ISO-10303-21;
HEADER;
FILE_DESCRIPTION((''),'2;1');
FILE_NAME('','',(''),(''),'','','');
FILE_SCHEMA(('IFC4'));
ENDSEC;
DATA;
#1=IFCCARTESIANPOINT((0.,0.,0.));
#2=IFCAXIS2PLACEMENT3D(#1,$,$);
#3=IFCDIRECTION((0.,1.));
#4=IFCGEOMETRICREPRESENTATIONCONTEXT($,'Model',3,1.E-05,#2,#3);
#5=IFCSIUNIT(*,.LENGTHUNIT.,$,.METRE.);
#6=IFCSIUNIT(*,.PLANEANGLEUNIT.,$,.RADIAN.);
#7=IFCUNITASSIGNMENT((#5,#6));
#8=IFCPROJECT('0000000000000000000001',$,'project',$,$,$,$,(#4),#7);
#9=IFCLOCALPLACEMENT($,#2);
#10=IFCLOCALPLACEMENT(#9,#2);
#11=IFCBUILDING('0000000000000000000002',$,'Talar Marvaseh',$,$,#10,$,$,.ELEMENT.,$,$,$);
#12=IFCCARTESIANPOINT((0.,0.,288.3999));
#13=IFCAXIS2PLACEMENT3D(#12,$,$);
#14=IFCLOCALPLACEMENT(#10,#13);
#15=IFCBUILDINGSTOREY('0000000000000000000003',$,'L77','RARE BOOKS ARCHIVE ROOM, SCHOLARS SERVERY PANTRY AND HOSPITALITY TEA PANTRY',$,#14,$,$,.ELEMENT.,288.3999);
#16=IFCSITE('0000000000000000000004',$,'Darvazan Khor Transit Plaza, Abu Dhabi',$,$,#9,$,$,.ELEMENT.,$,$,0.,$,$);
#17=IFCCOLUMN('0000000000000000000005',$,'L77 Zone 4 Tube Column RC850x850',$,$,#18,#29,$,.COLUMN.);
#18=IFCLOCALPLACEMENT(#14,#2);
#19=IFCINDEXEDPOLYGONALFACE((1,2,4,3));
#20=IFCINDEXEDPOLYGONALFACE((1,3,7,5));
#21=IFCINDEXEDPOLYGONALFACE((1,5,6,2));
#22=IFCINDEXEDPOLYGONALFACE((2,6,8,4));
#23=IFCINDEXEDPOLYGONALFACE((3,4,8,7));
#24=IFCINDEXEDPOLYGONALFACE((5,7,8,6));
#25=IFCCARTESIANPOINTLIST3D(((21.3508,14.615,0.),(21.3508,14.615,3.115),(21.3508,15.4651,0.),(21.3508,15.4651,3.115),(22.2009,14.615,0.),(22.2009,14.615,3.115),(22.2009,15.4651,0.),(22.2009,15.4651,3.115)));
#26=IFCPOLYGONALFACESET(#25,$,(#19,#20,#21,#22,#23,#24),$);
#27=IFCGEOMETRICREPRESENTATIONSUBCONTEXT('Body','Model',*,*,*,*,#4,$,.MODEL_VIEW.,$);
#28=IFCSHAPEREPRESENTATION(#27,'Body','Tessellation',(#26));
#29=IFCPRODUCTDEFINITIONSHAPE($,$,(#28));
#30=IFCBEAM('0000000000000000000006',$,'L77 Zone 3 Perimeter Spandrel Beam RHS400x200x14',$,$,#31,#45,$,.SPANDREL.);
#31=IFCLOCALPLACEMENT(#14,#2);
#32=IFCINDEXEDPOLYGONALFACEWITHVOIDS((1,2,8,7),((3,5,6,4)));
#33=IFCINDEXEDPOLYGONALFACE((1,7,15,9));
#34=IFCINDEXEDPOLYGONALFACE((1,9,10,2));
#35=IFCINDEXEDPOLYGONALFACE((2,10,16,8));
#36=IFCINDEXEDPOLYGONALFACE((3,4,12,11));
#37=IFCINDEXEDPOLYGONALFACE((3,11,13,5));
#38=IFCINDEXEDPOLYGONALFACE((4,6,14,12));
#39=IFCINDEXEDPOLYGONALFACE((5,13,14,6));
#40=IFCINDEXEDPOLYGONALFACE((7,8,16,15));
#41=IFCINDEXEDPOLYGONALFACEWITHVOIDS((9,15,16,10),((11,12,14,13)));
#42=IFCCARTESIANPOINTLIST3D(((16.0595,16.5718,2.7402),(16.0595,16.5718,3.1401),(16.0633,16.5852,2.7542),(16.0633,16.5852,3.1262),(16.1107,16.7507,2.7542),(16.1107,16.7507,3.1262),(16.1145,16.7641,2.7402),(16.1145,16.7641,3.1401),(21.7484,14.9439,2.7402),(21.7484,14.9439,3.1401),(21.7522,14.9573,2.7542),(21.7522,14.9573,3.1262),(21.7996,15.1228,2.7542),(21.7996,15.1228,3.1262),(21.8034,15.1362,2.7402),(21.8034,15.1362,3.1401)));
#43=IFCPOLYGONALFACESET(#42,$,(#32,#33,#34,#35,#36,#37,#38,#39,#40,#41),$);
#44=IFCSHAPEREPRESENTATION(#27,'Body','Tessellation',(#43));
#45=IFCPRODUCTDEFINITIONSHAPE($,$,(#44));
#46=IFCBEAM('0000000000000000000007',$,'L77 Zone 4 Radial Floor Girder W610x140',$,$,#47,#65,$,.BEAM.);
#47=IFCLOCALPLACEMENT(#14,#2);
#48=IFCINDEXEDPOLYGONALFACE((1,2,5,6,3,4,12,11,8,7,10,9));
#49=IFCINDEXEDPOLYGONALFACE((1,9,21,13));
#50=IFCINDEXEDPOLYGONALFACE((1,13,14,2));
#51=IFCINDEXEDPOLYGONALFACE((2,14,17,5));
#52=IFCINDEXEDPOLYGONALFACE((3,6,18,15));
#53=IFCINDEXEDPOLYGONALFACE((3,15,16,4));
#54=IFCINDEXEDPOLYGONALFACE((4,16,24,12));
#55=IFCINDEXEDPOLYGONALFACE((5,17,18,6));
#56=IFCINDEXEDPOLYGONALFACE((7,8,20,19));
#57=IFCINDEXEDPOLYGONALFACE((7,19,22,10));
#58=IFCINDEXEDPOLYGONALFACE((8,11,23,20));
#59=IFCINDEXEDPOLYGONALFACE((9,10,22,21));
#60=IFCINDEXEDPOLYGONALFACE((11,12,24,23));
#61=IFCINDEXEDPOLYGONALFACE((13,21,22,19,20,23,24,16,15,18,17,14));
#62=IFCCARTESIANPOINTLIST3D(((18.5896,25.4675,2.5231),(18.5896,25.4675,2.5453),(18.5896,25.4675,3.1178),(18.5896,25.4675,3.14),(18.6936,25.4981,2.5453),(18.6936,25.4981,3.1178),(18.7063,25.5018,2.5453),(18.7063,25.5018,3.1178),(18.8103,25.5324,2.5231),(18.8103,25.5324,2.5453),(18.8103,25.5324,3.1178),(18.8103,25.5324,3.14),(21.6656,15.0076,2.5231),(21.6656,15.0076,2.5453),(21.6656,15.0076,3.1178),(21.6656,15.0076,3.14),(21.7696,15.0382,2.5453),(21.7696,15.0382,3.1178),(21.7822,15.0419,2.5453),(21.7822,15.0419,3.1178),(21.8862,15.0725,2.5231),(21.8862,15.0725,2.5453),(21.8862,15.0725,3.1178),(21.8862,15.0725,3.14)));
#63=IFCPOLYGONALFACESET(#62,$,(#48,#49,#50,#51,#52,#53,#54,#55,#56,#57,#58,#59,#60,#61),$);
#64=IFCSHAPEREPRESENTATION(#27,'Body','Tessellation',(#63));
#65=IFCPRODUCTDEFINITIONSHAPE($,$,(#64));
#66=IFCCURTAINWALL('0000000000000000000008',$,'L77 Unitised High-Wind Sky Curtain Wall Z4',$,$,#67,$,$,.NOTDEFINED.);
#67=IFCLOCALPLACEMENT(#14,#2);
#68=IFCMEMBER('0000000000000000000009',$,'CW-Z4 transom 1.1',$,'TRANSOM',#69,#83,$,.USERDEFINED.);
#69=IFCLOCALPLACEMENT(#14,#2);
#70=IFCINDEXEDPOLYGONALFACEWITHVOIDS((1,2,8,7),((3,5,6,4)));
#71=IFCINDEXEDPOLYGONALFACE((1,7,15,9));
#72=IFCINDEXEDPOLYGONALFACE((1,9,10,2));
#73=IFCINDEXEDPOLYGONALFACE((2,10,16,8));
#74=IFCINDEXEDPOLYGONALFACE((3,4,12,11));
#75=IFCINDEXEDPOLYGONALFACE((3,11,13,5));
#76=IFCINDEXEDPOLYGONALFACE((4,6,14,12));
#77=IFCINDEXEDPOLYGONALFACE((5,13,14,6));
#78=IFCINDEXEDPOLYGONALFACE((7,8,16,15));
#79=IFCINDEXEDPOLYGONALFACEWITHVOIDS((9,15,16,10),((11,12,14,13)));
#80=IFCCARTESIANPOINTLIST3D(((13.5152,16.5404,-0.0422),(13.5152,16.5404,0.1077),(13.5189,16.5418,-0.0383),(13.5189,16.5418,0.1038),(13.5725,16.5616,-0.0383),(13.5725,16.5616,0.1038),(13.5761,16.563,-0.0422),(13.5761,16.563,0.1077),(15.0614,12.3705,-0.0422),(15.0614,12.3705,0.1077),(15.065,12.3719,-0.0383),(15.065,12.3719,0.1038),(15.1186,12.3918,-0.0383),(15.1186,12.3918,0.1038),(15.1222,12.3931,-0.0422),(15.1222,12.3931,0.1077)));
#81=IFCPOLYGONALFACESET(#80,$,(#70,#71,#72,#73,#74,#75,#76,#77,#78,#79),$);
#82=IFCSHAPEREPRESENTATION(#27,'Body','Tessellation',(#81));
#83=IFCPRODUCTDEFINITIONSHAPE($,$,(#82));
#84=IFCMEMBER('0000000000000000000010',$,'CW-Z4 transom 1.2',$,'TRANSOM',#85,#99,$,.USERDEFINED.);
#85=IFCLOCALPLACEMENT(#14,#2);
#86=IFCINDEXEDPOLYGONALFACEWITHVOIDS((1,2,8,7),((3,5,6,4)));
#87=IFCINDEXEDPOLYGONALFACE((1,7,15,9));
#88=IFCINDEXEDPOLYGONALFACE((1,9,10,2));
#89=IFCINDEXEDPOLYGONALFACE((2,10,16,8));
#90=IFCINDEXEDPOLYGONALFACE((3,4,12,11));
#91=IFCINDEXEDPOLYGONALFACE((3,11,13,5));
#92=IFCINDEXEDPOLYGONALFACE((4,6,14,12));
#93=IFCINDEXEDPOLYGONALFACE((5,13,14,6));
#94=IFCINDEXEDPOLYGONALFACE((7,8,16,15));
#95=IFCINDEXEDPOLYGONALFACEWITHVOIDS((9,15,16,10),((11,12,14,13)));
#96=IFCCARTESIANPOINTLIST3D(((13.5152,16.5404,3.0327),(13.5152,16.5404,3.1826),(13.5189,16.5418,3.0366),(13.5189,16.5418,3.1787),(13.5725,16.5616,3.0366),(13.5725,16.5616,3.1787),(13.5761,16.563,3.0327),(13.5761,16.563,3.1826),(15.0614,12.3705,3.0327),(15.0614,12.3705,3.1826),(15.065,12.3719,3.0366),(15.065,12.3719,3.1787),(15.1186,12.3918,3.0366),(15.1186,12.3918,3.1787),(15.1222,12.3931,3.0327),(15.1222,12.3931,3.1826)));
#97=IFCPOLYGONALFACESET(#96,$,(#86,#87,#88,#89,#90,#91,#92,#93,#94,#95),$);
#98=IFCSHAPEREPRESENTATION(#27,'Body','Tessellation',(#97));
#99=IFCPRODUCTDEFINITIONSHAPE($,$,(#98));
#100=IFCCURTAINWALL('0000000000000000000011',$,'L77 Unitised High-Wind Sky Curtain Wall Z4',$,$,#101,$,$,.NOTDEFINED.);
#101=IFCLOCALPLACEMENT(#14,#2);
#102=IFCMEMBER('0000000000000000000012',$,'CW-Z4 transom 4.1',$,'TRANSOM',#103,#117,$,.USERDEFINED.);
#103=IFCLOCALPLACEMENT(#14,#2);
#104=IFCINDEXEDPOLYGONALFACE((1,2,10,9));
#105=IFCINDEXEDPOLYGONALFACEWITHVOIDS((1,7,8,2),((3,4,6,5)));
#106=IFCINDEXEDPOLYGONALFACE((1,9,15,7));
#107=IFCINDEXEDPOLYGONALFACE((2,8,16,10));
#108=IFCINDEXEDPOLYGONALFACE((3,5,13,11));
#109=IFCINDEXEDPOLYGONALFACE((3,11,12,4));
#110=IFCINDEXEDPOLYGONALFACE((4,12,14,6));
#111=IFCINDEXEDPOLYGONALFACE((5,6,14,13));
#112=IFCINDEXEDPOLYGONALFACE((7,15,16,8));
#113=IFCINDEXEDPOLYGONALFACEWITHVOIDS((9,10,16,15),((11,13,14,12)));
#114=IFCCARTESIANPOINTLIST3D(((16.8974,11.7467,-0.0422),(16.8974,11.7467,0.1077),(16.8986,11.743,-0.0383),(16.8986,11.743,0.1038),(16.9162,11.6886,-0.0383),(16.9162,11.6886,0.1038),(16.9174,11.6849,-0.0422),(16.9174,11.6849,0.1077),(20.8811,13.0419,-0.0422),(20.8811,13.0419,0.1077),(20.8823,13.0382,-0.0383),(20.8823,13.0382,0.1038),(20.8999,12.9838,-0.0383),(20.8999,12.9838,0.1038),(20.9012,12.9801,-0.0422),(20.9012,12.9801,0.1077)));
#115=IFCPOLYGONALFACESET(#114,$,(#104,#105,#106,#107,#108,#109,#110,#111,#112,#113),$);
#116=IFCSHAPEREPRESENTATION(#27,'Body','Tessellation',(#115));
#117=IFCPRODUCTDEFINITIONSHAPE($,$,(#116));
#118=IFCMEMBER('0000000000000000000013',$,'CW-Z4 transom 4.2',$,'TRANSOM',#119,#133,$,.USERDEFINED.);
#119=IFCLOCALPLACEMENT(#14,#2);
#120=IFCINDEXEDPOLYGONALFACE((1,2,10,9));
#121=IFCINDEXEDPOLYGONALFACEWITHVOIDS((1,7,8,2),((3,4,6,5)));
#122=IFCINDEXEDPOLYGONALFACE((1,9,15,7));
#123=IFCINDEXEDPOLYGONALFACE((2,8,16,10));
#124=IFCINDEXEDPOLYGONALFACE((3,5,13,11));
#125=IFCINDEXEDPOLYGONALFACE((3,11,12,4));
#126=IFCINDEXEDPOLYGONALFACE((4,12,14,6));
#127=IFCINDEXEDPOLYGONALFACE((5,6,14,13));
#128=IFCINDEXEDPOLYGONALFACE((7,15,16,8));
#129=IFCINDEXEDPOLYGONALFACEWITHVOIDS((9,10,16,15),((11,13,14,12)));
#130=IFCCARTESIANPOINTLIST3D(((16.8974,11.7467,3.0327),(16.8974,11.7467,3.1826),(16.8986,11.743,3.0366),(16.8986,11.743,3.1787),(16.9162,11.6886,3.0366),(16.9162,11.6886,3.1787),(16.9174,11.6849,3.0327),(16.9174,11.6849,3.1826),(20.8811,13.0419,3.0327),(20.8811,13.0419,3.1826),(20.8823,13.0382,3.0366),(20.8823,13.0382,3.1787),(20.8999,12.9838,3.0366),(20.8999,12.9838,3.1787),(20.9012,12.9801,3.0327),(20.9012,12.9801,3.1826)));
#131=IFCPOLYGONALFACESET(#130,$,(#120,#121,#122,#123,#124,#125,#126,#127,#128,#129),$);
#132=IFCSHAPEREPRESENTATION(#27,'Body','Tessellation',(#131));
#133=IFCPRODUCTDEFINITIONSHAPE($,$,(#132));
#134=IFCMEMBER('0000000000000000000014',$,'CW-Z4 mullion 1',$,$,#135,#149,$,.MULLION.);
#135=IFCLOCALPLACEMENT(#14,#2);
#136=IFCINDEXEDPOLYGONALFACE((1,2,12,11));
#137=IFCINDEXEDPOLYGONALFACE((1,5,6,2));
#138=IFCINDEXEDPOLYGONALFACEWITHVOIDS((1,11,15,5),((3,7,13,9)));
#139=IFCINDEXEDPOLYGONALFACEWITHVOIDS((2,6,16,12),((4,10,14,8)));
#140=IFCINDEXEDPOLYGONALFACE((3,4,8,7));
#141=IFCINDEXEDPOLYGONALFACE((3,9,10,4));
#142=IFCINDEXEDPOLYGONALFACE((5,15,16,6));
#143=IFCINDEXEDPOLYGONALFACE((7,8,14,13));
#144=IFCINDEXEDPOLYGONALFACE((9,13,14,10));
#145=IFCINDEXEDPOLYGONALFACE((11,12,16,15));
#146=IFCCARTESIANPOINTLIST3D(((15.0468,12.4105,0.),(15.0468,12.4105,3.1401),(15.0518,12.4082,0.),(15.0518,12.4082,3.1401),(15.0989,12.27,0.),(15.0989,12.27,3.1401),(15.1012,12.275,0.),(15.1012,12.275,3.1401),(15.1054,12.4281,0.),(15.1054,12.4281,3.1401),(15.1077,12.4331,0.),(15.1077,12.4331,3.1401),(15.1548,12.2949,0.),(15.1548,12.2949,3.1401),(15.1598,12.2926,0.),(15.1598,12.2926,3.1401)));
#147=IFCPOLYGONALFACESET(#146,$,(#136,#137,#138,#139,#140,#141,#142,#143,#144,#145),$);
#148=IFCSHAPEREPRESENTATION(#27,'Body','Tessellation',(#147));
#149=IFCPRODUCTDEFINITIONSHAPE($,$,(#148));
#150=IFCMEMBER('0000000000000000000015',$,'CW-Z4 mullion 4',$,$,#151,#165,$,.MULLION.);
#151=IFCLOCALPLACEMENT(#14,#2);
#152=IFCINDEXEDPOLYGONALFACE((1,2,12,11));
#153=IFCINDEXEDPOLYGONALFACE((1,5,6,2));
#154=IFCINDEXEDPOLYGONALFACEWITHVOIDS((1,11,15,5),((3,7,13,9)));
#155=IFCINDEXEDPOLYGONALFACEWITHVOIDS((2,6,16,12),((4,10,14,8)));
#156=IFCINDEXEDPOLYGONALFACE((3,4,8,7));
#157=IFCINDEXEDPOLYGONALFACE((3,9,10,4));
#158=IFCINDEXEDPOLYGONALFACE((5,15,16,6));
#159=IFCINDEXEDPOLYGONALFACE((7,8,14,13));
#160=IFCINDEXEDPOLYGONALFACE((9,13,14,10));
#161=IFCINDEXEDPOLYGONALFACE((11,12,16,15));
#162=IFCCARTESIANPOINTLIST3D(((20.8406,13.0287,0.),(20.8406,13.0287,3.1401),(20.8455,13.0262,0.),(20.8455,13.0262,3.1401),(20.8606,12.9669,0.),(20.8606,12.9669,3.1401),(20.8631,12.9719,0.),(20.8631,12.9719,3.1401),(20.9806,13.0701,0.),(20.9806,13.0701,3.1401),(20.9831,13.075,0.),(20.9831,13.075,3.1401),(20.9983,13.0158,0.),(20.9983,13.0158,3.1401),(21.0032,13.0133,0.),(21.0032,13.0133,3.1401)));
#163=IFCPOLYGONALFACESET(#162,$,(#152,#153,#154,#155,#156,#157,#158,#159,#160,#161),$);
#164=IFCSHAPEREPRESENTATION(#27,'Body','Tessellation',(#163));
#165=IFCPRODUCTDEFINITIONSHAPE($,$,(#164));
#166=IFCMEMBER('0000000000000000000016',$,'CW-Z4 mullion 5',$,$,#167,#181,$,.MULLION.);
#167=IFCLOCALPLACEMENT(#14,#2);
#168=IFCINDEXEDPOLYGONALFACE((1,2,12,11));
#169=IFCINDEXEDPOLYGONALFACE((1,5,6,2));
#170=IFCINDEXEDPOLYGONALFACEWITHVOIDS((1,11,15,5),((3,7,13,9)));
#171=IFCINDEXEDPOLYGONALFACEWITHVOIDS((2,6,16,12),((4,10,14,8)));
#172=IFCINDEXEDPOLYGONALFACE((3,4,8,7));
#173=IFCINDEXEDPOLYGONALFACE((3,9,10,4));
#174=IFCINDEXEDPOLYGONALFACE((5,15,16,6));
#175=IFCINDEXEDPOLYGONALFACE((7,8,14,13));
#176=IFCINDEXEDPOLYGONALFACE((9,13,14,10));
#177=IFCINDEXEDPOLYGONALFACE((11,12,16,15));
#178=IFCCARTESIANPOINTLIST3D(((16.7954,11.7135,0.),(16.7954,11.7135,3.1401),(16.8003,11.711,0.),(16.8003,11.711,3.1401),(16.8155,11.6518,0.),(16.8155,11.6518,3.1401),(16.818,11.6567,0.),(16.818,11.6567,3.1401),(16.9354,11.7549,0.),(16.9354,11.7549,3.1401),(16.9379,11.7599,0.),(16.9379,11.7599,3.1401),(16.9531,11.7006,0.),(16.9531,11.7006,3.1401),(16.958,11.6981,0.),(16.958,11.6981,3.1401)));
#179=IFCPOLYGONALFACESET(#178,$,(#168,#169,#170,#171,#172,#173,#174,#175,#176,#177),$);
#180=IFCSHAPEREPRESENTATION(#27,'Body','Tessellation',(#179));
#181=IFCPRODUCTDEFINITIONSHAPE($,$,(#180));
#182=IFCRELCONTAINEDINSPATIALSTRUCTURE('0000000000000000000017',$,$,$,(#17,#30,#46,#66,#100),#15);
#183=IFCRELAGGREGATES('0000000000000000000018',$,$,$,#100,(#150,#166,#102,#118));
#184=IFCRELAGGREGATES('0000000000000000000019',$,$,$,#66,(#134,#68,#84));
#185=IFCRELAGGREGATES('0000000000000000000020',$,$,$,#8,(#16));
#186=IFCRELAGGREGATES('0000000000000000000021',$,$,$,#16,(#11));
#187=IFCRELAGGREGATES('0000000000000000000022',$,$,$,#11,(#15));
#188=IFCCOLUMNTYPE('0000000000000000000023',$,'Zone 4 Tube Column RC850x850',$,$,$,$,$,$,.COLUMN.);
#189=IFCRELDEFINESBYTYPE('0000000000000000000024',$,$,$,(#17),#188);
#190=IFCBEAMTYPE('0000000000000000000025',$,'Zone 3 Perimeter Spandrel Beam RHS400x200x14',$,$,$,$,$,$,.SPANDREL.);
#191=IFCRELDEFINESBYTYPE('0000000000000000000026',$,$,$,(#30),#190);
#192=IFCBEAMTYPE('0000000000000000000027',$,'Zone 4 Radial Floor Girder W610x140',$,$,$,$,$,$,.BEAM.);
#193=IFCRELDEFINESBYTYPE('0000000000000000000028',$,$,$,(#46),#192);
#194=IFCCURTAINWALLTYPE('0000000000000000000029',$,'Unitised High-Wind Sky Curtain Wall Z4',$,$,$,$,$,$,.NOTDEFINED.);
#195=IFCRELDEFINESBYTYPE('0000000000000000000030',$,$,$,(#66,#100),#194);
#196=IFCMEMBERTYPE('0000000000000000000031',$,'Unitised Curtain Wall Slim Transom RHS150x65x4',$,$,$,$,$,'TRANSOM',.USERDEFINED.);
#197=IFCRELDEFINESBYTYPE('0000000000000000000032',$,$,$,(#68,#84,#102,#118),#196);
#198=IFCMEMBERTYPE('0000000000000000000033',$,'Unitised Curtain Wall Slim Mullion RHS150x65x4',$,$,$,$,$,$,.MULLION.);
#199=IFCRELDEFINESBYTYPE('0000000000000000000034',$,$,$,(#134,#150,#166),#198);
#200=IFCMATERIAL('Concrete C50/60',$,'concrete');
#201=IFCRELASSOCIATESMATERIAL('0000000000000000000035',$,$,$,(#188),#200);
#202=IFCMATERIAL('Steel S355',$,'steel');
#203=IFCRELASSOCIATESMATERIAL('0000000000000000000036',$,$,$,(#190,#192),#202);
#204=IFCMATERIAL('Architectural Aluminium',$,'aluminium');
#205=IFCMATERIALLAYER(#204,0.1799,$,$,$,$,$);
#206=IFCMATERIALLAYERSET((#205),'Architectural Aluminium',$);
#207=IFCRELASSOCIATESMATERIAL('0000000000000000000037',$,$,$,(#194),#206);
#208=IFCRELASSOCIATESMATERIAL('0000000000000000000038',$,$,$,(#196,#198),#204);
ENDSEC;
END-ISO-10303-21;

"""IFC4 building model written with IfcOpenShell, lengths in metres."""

from ifc_helpers import new_model, si_unit, direction, frame, origin, origin_2d, place, context, subcontext, project, spatial, rectangle, hollow_rectangle, i_section, extrude, source, transform, mapped, material, layer, layer_set, material_profile, profile_set, type_object, type_shapes, element, aggregate, save


model = new_model("IFC4")

# Units and contexts
model_context = context("Model", 3, precision=1e-05, world=origin(), true_north=direction((0.0, 1.0)))
body_context = subcontext(model_context, "Body", "Model", "MODEL_VIEW")
ifc_project = project(units=[si_unit("LENGTHUNIT", "METRE"), si_unit("PLANEANGLEUNIT", "RADIAN")], contexts=[model_context])

# Site, building, storey
site_placement = place(None, origin())
site = spatial("IfcSite", under=ifc_project, at=site_placement, Name="Darvazan Khor Transit Plaza, Abu Dhabi", CompositionType="ELEMENT", RefElevation=0.0)
building_placement = place(site_placement, origin())
building = spatial("IfcBuilding", under=site, at=building_placement, Name="Talar Marvaseh", CompositionType="ELEMENT")
storey_placement = place(building_placement, frame((0.0, 0.0, 288.3999)))
storey = spatial("IfcBuildingStorey", under=building, at=storey_placement, Name="L77", Description="RARE BOOKS ARCHIVE ROOM, SCHOLARS SERVERY PANTRY AND HOSPITALITY TEA PANTRY", CompositionType="ELEMENT", Elevation=288.3999)

# Column
ifc_material_1 = material(Name="Concrete C50/60", Category="concrete")
ifc_material_profile_1 = material_profile(ifc_material_1, rectangle(XDim=0.8501, YDim=0.8501, at=origin_2d()), Name="RC850x850")
ifc_profile_set_1 = profile_set([ifc_material_profile_1], Name="Concrete C50/60")
column_type = type_object("IfcColumnType", Name="Zone 4 Tube Column RC850x850", PredefinedType="COLUMN", material=ifc_profile_set_1)
column_placement = place(storey_placement, frame((21.7759, 15.04, 0.0), z_axis=(0.0, 0.0, 1.0), x_axis=(1.0, 0.0, 0.0)))
element("IfcColumn", 1, at=column_placement, inside=storey, type_object=column_type, Name="L77 Zone 4 Tube Column RC850x850", PredefinedType="COLUMN", context=body_context, shape_type="SweptSolid", body=[
    extrude(rectangle(XDim=0.8501, YDim=0.8501, at=origin_2d()), origin(), (0.0, 0.0, 1.0), 3.115),
])

# Beams
ifc_material_2 = material(Name="Steel S355", Category="steel")
ifc_material_profile_2 = material_profile(ifc_material_2, hollow_rectangle(XDim=0.2, YDim=0.3999, WallThickness=0.0139, at=origin_2d()), Name="RHS400x200x14")
ifc_profile_set_2 = profile_set([ifc_material_profile_2], Name="Steel S355")
beam_type_1 = type_object("IfcBeamType", Name="Zone 3 Perimeter Spandrel Beam RHS400x200x14", PredefinedType="SPANDREL", material=ifc_profile_set_2)
beam_1_placement = place(storey_placement, frame((21.7759, 15.04, 2.9402), z_axis=(-0.961412, 0.275113, 0.0), x_axis=(-0.275113, -0.961412, 0.0)))
element("IfcBeam", 2, at=beam_1_placement, inside=storey, type_object=beam_type_1, Name="L77 Zone 3 Perimeter Spandrel Beam RHS400x200x14", PredefinedType="SPANDREL", context=body_context, shape_type="SweptSolid", body=[
    extrude(hollow_rectangle(XDim=0.2, YDim=0.3999, WallThickness=0.0139, at=origin_2d()), origin(), (0.0, 0.0, 1.0), 5.9172),
])
ifc_material_profile_3 = material_profile(ifc_material_2, i_section(OverallWidth=0.23, OverallDepth=0.6169, WebThickness=0.0132, FlangeThickness=0.0222, at=origin_2d()), Name="W610x140")
ifc_profile_set_3 = profile_set([ifc_material_profile_3], Name="Steel S355")
beam_type_2 = type_object("IfcBeamType", Name="Zone 4 Radial Floor Girder W610x140", PredefinedType="BEAM", material=ifc_profile_set_3)
beam_2_placement = place(storey_placement, frame((21.7759, 15.04, 2.8315), z_axis=(-0.282121, 0.959379, 0.0), x_axis=(-0.959379, -0.282121, 0.0)))
element("IfcBeam", 3, at=beam_2_placement, inside=storey, type_object=beam_type_2, Name="L77 Zone 4 Radial Floor Girder W610x140", PredefinedType="BEAM", context=body_context, shape_type="SweptSolid", body=[
    extrude(i_section(OverallWidth=0.23, OverallDepth=0.6169, WebThickness=0.0132, FlangeThickness=0.0222, at=origin_2d()), origin(), (0.0, 0.0, 1.0), 10.9028),
])

# Curtain walls, members
ifc_material_3 = material(Name="Architectural Aluminium", Category="aluminium")
ifc_layer_1 = layer(ifc_material_3, 0.1799)
ifc_layer_set_1 = layer_set([ifc_layer_1], Name="Architectural Aluminium")
curtain_wall_type = type_object("IfcCurtainWallType", Name="Unitised High-Wind Sky Curtain Wall Z4", PredefinedType="NOTDEFINED", material=ifc_layer_set_1)
curtain_wall_1_placement = place(storey_placement, origin())
curtain_wall_1 = element("IfcCurtainWall", 4, at=curtain_wall_1_placement, inside=storey, type_object=curtain_wall_type, Name="L77 Unitised High-Wind Sky Curtain Wall Z4", PredefinedType="NOTDEFINED")
ifc_material_profile_4 = material_profile(ifc_material_3, hollow_rectangle(XDim=0.0649, YDim=0.1499, WallThickness=0.0039, at=origin_2d()), Name="RHS150x65x4")
ifc_profile_set_4 = profile_set([ifc_material_profile_4], Name="Architectural Aluminium")
member_type_1 = type_object("IfcMemberType", Name="Unitised Curtain Wall Slim Transom RHS150x65x4", ElementType="TRANSOM", PredefinedType="USERDEFINED", material=ifc_profile_set_4)
shared_shape_1 = source(origin(), body_context, "Body", "SweptSolid", [
    extrude(hollow_rectangle(XDim=0.0649, YDim=0.1499, WallThickness=0.0039, at=origin_2d()), origin(), (0.0, 0.0, 1.0), 4.4473),
])
member_1_placement = place(storey_placement, frame((15.0918, 12.3818, 0.0327), z_axis=(-0.347656, 0.937622, 0.0), x_axis=(-0.937622, -0.347656, 0.0)))
member_1 = element("IfcMember", 5, at=member_1_placement, type_object=member_type_1, Name="CW-Z4 transom 1.1", ObjectType="TRANSOM", PredefinedType="USERDEFINED", context=body_context, shape_type="MappedRepresentation", body=[
    mapped(shared_shape_1, transform((0.0, 0.0, 0.0), x_axis=(1.0, 0.0, 0.0), y_axis=(0.0, 1.0, 0.0), z_axis=(0.0, 0.0, 1.0), scale=1.0)),
])
member_2_placement = place(storey_placement, frame((15.0918, 12.3818, 3.1077), z_axis=(-0.347656, 0.937622, 0.0), x_axis=(-0.937622, -0.347656, 0.0)))
member_2 = element("IfcMember", 6, at=member_2_placement, type_object=member_type_1, Name="CW-Z4 transom 1.2", ObjectType="TRANSOM", PredefinedType="USERDEFINED", context=body_context, shape_type="MappedRepresentation", body=[
    mapped(shared_shape_1, transform((0.0, 0.0, 0.0), x_axis=(1.0, 0.0, 0.0), y_axis=(0.0, 1.0, 0.0), z_axis=(0.0, 0.0, 1.0), scale=1.0)),
])
curtain_wall_2_placement = place(storey_placement, origin())
curtain_wall_2 = element("IfcCurtainWall", 7, at=curtain_wall_2_placement, inside=storey, type_object=curtain_wall_type, Name="L77 Unitised High-Wind Sky Curtain Wall Z4", PredefinedType="NOTDEFINED")
shared_shape_2 = source(origin(), body_context, "Body", "SweptSolid", [
    extrude(hollow_rectangle(XDim=0.0649, YDim=0.1499, WallThickness=0.0039, at=origin_2d()), origin(), (0.0, 0.0, 1.0), 4.189),
])
type_shapes(member_type_1, [shared_shape_1, shared_shape_2])
member_3_placement = place(storey_placement, frame((20.8911, 13.011, 0.0327), z_axis=(-0.951, -0.30919, 0.0), x_axis=(0.30919, -0.951, 0.0)))
member_3 = element("IfcMember", 8, at=member_3_placement, type_object=member_type_1, Name="CW-Z4 transom 4.1", ObjectType="TRANSOM", PredefinedType="USERDEFINED", context=body_context, shape_type="MappedRepresentation", body=[
    mapped(shared_shape_2, transform((0.0, 0.0, 0.0), x_axis=(1.0, 0.0, 0.0), y_axis=(0.0, 1.0, 0.0), z_axis=(0.0, 0.0, 1.0), scale=1.0)),
])
member_4_placement = place(storey_placement, frame((20.8911, 13.011, 3.1077), z_axis=(-0.951, -0.30919, 0.0), x_axis=(0.30919, -0.951, 0.0)))
member_4 = element("IfcMember", 9, at=member_4_placement, type_object=member_type_1, Name="CW-Z4 transom 4.2", ObjectType="TRANSOM", PredefinedType="USERDEFINED", context=body_context, shape_type="MappedRepresentation", body=[
    mapped(shared_shape_2, transform((0.0, 0.0, 0.0), x_axis=(1.0, 0.0, 0.0), y_axis=(0.0, 1.0, 0.0), z_axis=(0.0, 0.0, 1.0), scale=1.0)),
])

# Members
ifc_material_profile_5 = material_profile(ifc_material_3, hollow_rectangle(XDim=0.0649, YDim=0.1499, WallThickness=0.0039, at=origin_2d()), Name="RHS150x65x4")
ifc_profile_set_5 = profile_set([ifc_material_profile_5], Name="Architectural Aluminium")
member_type_2 = type_object("IfcMemberType", Name="Unitised Curtain Wall Slim Mullion RHS150x65x4", PredefinedType="MULLION", material=ifc_profile_set_5)
shared_shape_3 = source(origin(), body_context, "Body", "SweptSolid", [
    extrude(hollow_rectangle(XDim=0.0649, YDim=0.1499, WallThickness=0.0039, at=origin_2d()), origin(), (0.0, 0.0, 1.0), 3.1401),
])
type_shapes(member_type_2, [shared_shape_3])
member_5_placement = place(storey_placement, frame((15.1033, 12.3516, 0.0), z_axis=(0.0, 0.0, 1.0), x_axis=(-0.93761, -0.347687, 0.0)))
member_5 = element("IfcMember", 10, at=member_5_placement, type_object=member_type_2, Name="CW-Z4 mullion 1", PredefinedType="MULLION", context=body_context, shape_type="MappedRepresentation", body=[
    mapped(shared_shape_3, transform((0.0, 0.0, 0.0), x_axis=(1.0, 0.0, 0.0), y_axis=(0.0, 1.0, 0.0), z_axis=(0.0, 0.0, 1.0), scale=1.0)),
])
member_6_placement = place(storey_placement, frame((20.9219, 13.021, 0.0), z_axis=(0.0, 0.0, 1.0), x_axis=(0.309162, -0.951009, 0.0)))
member_6 = element("IfcMember", 11, at=member_6_placement, type_object=member_type_2, Name="CW-Z4 mullion 4", PredefinedType="MULLION", context=body_context, shape_type="MappedRepresentation", body=[
    mapped(shared_shape_3, transform((0.0, 0.0, 0.0), x_axis=(1.0, 0.0, 0.0), y_axis=(0.0, 1.0, 0.0), z_axis=(0.0, 0.0, 1.0), scale=1.0)),
])
member_7_placement = place(storey_placement, frame((16.8767, 11.7058, 0.0), z_axis=(0.0, 0.0, 1.0), x_axis=(0.309162, -0.951009, 0.0)))
member_7 = element("IfcMember", 12, at=member_7_placement, type_object=member_type_2, Name="CW-Z4 mullion 5", PredefinedType="MULLION", context=body_context, shape_type="MappedRepresentation", body=[
    mapped(shared_shape_3, transform((0.0, 0.0, 0.0), x_axis=(1.0, 0.0, 0.0), y_axis=(0.0, 1.0, 0.0), z_axis=(0.0, 0.0, 1.0), scale=1.0)),
])

aggregate(curtain_wall_2, [member_6, member_7, member_3, member_4])
aggregate(curtain_wall_1, [member_5, member_1, member_2])

save(model, "model.ifc")
